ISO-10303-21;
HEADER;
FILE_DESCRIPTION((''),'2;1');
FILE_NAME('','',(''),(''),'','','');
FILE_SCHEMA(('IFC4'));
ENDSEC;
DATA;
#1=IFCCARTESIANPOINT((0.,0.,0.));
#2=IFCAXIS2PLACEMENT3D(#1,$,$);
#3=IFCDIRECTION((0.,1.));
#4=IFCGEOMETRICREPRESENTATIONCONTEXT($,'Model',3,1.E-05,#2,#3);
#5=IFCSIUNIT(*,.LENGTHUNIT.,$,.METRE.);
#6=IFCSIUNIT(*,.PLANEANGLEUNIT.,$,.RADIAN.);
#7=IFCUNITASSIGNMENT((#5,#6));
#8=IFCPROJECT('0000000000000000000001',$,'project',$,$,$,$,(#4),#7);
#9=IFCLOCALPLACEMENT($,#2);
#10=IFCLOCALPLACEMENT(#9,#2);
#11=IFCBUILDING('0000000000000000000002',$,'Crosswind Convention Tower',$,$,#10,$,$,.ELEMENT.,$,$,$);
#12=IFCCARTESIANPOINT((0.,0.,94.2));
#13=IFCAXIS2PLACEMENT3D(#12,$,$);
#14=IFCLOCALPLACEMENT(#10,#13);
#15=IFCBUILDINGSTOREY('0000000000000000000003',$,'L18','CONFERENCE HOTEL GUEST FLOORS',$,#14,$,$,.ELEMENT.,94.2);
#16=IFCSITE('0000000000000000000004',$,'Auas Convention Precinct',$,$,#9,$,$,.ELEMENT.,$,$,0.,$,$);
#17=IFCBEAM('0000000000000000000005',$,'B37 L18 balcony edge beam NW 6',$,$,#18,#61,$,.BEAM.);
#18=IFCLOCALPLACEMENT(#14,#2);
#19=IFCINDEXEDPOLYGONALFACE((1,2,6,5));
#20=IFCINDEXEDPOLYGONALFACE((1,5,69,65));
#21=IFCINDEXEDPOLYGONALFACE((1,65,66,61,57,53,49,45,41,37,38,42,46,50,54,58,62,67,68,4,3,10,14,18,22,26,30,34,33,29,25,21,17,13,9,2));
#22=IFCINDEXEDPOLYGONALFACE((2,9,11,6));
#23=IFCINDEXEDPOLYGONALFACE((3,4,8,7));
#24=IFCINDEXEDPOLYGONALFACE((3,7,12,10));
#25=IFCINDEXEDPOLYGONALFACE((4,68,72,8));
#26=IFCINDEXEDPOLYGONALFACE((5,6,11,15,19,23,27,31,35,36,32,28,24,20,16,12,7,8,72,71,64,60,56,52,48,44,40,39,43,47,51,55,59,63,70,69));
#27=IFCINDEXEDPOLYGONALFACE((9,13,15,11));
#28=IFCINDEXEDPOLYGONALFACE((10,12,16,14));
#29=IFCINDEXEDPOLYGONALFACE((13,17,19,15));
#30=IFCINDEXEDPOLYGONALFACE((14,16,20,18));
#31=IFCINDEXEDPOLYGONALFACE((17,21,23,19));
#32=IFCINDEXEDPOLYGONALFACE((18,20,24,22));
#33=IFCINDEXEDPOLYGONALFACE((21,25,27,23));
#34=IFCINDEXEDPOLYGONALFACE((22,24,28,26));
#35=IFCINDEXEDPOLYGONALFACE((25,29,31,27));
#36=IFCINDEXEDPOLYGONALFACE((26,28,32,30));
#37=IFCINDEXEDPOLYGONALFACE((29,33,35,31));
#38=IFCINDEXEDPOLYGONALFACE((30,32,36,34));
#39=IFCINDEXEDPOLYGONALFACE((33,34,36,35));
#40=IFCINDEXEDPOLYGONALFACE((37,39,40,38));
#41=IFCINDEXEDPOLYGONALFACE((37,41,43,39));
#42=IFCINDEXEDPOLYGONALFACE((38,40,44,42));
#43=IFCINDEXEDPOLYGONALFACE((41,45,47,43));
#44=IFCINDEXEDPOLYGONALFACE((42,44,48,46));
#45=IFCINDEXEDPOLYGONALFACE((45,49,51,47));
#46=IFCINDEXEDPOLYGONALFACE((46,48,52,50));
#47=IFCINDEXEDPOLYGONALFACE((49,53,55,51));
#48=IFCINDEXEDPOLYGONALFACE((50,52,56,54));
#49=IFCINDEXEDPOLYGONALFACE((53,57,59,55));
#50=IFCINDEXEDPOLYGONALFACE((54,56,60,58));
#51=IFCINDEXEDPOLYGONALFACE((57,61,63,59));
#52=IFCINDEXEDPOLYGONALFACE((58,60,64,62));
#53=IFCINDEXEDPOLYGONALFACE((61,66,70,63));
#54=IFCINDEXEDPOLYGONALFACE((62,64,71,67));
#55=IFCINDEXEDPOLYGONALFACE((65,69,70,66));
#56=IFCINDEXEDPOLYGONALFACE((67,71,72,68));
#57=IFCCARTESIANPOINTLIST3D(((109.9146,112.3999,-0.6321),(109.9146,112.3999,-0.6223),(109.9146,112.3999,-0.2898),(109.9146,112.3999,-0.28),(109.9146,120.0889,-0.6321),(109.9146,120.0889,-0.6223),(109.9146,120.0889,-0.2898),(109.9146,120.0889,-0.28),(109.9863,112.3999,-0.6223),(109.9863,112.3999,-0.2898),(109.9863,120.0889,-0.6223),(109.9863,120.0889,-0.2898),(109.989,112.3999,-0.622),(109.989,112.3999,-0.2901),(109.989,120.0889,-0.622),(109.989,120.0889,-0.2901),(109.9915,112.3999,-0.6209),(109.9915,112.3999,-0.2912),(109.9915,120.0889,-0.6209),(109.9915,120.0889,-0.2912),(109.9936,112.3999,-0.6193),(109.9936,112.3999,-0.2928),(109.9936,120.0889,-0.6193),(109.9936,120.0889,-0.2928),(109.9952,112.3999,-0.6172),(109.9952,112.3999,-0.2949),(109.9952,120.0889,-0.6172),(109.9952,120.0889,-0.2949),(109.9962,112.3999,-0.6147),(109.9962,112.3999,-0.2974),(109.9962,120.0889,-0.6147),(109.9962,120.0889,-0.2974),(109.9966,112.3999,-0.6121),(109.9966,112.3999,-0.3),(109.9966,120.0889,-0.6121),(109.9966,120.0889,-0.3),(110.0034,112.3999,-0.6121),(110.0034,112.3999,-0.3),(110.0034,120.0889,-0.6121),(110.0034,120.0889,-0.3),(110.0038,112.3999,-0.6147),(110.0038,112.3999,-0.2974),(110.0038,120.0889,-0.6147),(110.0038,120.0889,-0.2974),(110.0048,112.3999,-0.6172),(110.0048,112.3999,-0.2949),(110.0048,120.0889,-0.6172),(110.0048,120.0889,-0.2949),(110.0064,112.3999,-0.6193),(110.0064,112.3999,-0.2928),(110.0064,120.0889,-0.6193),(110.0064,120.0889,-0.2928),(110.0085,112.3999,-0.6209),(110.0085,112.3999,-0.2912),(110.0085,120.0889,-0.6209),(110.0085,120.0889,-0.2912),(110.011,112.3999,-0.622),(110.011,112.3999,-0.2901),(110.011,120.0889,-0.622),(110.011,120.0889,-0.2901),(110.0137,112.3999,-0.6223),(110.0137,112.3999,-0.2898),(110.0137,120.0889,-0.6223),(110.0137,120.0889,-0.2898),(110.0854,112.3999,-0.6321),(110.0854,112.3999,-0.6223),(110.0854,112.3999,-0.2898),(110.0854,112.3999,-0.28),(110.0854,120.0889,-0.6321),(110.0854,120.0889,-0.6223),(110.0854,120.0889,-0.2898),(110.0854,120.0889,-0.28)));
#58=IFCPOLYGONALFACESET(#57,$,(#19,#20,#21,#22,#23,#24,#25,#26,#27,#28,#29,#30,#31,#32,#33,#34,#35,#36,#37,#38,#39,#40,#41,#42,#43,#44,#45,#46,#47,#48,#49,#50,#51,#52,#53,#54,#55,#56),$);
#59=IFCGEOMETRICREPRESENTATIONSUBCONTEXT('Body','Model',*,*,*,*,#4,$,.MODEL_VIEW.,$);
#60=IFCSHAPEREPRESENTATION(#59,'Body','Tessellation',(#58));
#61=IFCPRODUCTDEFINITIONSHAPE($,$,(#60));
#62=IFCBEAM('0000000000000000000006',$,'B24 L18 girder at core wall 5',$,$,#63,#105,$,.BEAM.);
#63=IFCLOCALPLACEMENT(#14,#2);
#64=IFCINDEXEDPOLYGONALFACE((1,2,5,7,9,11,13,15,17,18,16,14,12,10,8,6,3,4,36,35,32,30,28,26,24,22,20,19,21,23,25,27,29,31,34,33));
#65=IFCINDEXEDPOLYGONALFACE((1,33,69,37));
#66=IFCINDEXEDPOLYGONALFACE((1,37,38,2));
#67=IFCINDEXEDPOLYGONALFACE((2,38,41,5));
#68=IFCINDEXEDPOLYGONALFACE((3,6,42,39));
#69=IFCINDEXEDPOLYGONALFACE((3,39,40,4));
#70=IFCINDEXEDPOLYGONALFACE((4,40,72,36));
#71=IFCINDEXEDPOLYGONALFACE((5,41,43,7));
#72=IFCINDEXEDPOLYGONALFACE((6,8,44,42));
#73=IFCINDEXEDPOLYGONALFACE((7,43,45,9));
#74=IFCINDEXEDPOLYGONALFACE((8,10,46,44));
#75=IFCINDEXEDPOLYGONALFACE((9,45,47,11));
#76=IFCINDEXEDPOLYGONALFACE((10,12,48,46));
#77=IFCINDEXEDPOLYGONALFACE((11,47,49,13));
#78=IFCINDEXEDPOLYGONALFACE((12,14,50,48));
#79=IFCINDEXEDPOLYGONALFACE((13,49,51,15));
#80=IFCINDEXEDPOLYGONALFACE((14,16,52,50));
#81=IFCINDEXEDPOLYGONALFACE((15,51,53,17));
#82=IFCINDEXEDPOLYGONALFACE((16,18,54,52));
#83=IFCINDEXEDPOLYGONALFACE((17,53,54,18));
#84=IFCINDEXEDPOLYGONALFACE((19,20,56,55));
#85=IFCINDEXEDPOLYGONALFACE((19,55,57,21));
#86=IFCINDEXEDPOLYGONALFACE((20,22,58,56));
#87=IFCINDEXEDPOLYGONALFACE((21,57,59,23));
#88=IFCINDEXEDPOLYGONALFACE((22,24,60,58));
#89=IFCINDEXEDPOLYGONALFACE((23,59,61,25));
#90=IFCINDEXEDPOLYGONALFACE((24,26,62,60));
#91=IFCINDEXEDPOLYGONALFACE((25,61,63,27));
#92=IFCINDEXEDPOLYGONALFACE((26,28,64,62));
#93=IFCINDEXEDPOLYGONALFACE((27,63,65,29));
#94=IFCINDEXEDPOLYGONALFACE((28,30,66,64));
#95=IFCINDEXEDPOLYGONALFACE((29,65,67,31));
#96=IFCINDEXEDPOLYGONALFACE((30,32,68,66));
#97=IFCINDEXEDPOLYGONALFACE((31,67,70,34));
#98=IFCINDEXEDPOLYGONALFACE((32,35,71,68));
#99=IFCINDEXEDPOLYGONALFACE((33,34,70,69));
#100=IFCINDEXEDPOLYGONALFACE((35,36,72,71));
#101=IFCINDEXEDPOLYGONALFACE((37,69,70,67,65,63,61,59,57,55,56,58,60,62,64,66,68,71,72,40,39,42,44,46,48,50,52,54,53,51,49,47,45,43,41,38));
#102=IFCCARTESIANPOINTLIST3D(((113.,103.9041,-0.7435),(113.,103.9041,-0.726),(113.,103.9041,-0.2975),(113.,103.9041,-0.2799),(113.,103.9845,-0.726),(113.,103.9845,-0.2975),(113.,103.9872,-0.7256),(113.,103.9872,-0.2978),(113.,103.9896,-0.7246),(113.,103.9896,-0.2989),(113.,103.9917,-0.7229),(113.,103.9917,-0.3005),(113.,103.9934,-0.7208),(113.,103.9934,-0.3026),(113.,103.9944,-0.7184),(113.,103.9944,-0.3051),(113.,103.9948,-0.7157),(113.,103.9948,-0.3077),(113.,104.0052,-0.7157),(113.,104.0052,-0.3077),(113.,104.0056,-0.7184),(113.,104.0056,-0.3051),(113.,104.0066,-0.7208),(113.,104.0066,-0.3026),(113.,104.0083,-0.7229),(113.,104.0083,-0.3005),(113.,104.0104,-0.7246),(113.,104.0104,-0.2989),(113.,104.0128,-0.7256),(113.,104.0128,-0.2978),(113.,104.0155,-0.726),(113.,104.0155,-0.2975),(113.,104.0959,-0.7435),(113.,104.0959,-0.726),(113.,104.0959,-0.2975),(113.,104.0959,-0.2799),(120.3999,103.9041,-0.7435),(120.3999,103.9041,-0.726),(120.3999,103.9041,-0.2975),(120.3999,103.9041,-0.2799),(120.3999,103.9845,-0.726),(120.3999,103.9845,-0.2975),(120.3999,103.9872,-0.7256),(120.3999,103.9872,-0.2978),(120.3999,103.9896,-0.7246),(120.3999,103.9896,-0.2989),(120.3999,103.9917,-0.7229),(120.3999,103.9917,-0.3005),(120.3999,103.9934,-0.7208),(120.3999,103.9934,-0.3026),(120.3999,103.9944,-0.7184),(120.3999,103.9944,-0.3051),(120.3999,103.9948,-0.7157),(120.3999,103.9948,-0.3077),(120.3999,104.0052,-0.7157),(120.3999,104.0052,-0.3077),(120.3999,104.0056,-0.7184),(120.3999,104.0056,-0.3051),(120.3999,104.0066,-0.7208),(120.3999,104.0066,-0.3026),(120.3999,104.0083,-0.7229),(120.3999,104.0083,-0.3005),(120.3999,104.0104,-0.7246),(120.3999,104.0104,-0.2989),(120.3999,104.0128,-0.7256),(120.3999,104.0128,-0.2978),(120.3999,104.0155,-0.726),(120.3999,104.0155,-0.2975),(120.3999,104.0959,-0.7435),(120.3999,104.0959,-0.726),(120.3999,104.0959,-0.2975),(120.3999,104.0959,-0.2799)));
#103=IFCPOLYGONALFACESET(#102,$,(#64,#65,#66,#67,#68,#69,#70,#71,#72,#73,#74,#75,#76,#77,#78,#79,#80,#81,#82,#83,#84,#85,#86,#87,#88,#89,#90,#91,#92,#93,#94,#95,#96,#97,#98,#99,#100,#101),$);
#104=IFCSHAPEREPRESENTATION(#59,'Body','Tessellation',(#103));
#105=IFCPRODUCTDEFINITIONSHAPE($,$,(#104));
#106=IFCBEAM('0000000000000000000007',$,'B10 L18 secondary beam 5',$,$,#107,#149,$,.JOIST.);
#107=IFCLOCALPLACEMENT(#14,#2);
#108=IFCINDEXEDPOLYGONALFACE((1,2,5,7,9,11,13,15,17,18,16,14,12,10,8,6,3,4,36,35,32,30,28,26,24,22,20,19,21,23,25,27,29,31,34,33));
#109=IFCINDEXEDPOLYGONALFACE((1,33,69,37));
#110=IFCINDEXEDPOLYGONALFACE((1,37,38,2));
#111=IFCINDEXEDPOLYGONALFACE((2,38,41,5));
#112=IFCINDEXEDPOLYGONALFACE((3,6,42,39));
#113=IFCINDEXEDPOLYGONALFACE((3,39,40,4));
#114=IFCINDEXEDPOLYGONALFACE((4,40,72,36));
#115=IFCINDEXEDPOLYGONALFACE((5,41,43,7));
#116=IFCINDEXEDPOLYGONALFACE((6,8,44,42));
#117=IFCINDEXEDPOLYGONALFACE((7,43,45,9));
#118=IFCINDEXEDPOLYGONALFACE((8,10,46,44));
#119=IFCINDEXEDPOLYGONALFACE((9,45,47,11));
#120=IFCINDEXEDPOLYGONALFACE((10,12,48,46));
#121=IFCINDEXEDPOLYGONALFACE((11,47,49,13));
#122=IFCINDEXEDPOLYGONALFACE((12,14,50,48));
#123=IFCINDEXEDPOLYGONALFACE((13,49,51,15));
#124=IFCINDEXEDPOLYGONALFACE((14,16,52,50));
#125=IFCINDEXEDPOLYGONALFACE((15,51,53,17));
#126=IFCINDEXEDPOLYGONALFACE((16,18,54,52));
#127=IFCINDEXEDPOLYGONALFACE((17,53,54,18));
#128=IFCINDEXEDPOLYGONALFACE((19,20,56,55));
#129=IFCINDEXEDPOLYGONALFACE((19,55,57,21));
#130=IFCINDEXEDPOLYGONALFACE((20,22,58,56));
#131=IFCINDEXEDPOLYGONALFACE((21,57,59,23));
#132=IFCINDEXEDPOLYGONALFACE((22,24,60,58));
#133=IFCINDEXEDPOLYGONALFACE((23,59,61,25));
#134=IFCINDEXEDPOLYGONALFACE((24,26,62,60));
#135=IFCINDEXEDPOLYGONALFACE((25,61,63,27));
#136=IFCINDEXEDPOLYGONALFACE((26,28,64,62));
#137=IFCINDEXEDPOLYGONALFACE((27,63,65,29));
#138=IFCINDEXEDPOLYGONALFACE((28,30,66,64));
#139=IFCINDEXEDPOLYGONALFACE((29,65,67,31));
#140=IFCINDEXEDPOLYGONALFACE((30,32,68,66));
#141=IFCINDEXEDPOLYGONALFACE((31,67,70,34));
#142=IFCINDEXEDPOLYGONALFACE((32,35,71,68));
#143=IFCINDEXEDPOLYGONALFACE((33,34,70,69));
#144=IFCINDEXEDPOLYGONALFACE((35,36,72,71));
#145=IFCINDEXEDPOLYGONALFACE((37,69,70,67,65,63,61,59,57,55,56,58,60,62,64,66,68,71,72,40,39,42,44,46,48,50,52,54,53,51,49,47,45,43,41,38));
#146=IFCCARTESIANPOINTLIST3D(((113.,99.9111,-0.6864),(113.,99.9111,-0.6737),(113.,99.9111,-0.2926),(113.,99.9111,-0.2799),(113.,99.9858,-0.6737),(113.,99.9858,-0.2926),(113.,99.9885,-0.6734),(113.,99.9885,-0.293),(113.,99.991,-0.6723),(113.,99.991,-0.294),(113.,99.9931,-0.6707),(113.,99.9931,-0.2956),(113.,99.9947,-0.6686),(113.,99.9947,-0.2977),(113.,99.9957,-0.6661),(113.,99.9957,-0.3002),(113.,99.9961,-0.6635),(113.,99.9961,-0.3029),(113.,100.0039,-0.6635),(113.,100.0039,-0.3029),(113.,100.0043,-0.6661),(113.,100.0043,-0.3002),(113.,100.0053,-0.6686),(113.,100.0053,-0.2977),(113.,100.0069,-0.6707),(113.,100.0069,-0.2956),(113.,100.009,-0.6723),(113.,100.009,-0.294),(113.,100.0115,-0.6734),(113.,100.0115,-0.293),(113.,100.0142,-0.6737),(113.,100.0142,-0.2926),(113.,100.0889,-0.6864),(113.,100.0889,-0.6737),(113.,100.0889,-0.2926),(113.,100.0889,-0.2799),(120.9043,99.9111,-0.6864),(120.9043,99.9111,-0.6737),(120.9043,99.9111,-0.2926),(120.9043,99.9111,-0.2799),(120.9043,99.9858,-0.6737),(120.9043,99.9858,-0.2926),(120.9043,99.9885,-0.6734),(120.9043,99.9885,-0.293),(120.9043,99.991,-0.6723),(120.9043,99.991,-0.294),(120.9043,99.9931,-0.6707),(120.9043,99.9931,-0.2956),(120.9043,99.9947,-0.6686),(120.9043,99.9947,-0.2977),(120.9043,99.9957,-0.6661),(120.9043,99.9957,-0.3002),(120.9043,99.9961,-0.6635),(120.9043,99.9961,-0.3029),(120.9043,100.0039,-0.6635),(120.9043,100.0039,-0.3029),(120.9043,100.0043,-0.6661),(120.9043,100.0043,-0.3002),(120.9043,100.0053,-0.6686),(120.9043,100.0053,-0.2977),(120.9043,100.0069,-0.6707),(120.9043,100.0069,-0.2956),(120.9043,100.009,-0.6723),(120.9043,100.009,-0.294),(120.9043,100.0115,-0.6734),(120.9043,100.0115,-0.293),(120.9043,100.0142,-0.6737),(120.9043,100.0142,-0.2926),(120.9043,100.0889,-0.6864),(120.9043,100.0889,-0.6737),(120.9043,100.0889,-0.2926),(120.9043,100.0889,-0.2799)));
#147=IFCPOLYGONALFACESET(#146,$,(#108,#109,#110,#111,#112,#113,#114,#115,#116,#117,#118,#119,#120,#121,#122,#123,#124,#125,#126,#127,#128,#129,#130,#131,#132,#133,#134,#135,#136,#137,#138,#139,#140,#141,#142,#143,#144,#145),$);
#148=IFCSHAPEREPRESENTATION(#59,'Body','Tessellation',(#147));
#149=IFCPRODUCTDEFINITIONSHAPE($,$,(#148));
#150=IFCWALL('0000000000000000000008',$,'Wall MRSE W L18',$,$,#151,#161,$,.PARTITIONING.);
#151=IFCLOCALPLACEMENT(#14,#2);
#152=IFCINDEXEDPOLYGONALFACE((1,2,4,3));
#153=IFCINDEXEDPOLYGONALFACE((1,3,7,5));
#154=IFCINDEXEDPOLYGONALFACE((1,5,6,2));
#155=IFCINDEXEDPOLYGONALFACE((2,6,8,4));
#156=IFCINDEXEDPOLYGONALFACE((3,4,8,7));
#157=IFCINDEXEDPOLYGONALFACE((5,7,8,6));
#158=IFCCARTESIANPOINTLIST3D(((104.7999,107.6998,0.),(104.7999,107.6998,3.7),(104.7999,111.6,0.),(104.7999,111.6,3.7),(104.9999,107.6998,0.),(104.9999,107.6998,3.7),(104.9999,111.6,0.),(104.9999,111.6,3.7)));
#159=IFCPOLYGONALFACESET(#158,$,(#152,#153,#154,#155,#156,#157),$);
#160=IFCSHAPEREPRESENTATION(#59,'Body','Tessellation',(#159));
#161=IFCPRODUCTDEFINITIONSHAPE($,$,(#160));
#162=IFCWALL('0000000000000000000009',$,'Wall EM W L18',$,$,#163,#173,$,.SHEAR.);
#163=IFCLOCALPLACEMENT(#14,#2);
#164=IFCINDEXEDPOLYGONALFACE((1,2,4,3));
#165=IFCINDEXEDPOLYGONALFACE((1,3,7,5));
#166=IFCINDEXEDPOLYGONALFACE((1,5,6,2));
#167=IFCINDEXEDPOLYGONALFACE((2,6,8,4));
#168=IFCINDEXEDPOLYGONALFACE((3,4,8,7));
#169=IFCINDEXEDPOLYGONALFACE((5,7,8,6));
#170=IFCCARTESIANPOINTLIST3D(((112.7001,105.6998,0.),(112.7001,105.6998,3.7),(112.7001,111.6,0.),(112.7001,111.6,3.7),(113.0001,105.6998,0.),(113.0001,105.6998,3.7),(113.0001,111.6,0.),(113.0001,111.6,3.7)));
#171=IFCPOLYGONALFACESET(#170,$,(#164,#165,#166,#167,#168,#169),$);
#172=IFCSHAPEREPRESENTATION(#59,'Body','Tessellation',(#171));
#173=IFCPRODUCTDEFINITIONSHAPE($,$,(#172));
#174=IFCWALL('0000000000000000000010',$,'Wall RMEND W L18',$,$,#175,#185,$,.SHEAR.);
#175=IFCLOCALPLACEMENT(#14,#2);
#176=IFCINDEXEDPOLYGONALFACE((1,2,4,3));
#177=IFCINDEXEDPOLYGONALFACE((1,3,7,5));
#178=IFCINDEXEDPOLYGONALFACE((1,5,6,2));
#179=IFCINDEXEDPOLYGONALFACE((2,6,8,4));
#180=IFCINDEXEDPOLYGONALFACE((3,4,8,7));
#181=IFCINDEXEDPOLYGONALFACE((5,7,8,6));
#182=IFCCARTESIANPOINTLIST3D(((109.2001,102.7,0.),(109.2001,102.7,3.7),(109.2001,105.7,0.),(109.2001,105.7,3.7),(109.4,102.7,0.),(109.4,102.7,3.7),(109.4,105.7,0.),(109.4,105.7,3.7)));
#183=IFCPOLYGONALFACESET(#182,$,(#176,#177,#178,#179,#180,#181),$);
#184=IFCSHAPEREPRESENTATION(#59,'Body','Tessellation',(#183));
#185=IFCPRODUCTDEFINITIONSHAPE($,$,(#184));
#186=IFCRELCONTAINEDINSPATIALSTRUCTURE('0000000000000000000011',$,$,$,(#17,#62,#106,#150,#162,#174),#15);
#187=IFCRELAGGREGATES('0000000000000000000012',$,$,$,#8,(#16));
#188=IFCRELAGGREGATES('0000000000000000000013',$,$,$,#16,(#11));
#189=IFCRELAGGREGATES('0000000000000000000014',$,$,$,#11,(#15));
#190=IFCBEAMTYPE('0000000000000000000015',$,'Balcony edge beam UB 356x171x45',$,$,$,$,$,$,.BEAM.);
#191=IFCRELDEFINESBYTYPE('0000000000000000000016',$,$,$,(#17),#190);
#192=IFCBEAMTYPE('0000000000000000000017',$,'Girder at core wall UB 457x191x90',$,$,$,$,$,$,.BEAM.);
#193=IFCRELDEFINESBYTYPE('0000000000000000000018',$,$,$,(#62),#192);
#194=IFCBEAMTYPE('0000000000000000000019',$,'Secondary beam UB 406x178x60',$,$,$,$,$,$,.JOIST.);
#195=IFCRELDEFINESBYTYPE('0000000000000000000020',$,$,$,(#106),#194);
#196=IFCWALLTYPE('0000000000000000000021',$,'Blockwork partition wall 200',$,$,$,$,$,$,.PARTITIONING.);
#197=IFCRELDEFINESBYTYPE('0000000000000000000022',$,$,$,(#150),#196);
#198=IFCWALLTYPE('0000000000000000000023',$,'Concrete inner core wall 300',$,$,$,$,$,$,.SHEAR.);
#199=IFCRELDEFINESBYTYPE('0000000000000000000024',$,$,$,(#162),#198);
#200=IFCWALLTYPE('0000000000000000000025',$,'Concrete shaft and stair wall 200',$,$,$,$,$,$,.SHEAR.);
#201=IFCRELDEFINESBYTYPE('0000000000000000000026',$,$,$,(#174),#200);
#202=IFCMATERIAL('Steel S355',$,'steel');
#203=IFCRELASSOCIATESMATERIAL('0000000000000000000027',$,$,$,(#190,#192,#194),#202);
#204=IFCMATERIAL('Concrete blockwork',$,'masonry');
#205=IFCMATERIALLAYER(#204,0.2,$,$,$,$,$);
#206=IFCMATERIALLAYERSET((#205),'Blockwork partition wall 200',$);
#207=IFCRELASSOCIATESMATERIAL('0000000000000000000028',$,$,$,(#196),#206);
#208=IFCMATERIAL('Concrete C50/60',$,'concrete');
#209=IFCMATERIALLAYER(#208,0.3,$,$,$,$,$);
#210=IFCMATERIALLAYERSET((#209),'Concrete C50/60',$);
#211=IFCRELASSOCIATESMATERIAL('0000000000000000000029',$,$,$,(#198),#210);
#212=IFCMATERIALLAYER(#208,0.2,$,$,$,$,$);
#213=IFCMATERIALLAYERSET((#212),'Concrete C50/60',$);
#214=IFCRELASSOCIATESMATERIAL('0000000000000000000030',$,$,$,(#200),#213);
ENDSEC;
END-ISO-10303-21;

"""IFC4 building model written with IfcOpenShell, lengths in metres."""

from ifc_helpers import new_model, si_unit, direction, frame, frame_2d, origin, origin_2d, place, context, subcontext, project, spatial, rectangle, i_section, extrude, material, layer, layer_set, material_profile, profile_set, type_object, element, save


model = new_model("IFC4")

# Units and contexts
model_context = context("Model", 3, precision=1e-05, world=origin(), true_north=direction((0.0, 1.0)))
body_context = subcontext(model_context, "Body", "Model", "MODEL_VIEW")
ifc_project = project(units=[si_unit("LENGTHUNIT", "METRE"), si_unit("PLANEANGLEUNIT", "RADIAN")], contexts=[model_context])

# Site, building, storey
site_placement = place(None, origin())
site = spatial("IfcSite", under=ifc_project, at=site_placement, Name="Auas Convention Precinct", CompositionType="ELEMENT", RefElevation=0.0)
building_placement = place(site_placement, origin())
building = spatial("IfcBuilding", under=site, at=building_placement, Name="Crosswind Convention Tower", CompositionType="ELEMENT")
storey_placement = place(building_placement, frame((0.0, 0.0, 94.2)))
storey = spatial("IfcBuildingStorey", under=building, at=storey_placement, Name="L18", Description="CONFERENCE HOTEL GUEST FLOORS", CompositionType="ELEMENT", Elevation=94.2)

# Beams
ifc_material_1 = material(Name="Steel S355", Category="steel")
ifc_material_profile_1 = material_profile(ifc_material_1, i_section(OverallWidth=0.1709, OverallDepth=0.3521, WebThickness=0.0068, FlangeThickness=0.0098, FilletRadius=0.0103, at=origin_2d()), Name="UB 356x171x45")
ifc_profile_set_1 = profile_set([ifc_material_profile_1], Name="Steel S355")
beam_type_1 = type_object("IfcBeamType", Name="Balcony edge beam UB 356x171x45", PredefinedType="BEAM", material=ifc_profile_set_1)
beam_1_placement = place(storey_placement, frame((110.0, 112.3999, -0.4561), z_axis=(0.0, 1.0, 0.0), x_axis=(-1.0, 0.0, 0.0)))
element("IfcBeam", 1, at=beam_1_placement, inside=storey, type_object=beam_type_1, Name="B37 L18 balcony edge beam NW 6", PredefinedType="BEAM", context=body_context, shape_type="SweptSolid", body=[
    extrude(i_section(OverallWidth=0.1709, OverallDepth=0.3521, WebThickness=0.0068, FlangeThickness=0.0098, FilletRadius=0.0103, at=origin_2d()), origin(), (0.0, 0.0, 1.0), 7.689),
])
ifc_material_profile_2 = material_profile(ifc_material_1, i_section(OverallWidth=0.1919, OverallDepth=0.4636, WebThickness=0.0105, FlangeThickness=0.0176, FilletRadius=0.0103, at=origin_2d()), Name="UB 457x191x90")
ifc_profile_set_2 = profile_set([ifc_material_profile_2], Name="Steel S355")
beam_type_2 = type_object("IfcBeamType", Name="Girder at core wall UB 457x191x90", PredefinedType="BEAM", material=ifc_profile_set_2)
beam_2_placement = place(storey_placement, frame((113.0, 104.0, -0.5117), z_axis=(1.0, 0.0, 0.0), x_axis=(0.0, 1.0, 0.0)))
element("IfcBeam", 2, at=beam_2_placement, inside=storey, type_object=beam_type_2, Name="B24 L18 girder at core wall 5", PredefinedType="BEAM", context=body_context, shape_type="SweptSolid", body=[
    extrude(i_section(OverallWidth=0.1919, OverallDepth=0.4636, WebThickness=0.0105, FlangeThickness=0.0176, FilletRadius=0.0103, at=origin_2d()), origin(), (0.0, 0.0, 1.0), 7.3999),
])
ifc_material_profile_3 = material_profile(ifc_material_1, i_section(OverallWidth=0.1777, OverallDepth=0.4065, WebThickness=0.0078, FlangeThickness=0.0127, FilletRadius=0.0103, at=origin_2d()), Name="UB 406x178x60")
ifc_profile_set_3 = profile_set([ifc_material_profile_3], Name="Steel S355")
beam_type_3 = type_object("IfcBeamType", Name="Secondary beam UB 406x178x60", PredefinedType="JOIST", material=ifc_profile_set_3)
beam_3_placement = place(storey_placement, frame((113.0, 100.0, -0.4832), z_axis=(1.0, 0.0, 0.0), x_axis=(0.0, 1.0, 0.0)))
element("IfcBeam", 3, at=beam_3_placement, inside=storey, type_object=beam_type_3, Name="B10 L18 secondary beam 5", PredefinedType="JOIST", context=body_context, shape_type="SweptSolid", body=[
    extrude(i_section(OverallWidth=0.1777, OverallDepth=0.4065, WebThickness=0.0078, FlangeThickness=0.0127, FilletRadius=0.0103, at=origin_2d()), origin(), (0.0, 0.0, 1.0), 7.9043),
])

# Wall
ifc_material_2 = material(Name="Concrete blockwork", Category="masonry")
ifc_layer_1 = layer(ifc_material_2, 0.2)
ifc_layer_set_1 = layer_set([ifc_layer_1], Name="Blockwork partition wall 200")
wall_type_1 = type_object("IfcWallType", Name="Blockwork partition wall 200", PredefinedType="PARTITIONING", material=ifc_layer_set_1)
wall_1_placement = place(storey_placement, frame((104.8999, 111.6001, 0.0), z_axis=(0.0, 0.0, 1.0), x_axis=(0.0, -1.0, 0.0)))
element("IfcWall", 4, at=wall_1_placement, inside=storey, type_object=wall_type_1, Name="Wall MRSE W L18", PredefinedType="PARTITIONING", context=body_context, shape_type="SweptSolid", body=[
    extrude(rectangle(XDim=3.9001, YDim=0.2, at=frame_2d((1.9502, 0.0))), origin(), (0.0, 0.0, 1.0), 3.7),
])

# Shared definitions
ifc_material_3 = material(Name="Concrete C50/60", Category="concrete")
ifc_layer_2 = layer(ifc_material_3, 0.3)
ifc_layer_set_2 = layer_set([ifc_layer_2], Name="Concrete C50/60")
wall_type_2 = type_object("IfcWallType", Name="Concrete inner core wall 300", PredefinedType="SHEAR", material=ifc_layer_set_2)

# Walls
wall_2_placement = place(storey_placement, frame((112.8501, 111.6001, 0.0), z_axis=(0.0, 0.0, 1.0), x_axis=(0.0, -1.0, 0.0)))
element("IfcWall", 5, at=wall_2_placement, inside=storey, type_object=wall_type_2, Name="Wall EM W L18", PredefinedType="SHEAR", context=body_context, shape_type="SweptSolid", body=[
    extrude(rectangle(XDim=5.9001, YDim=0.3, at=frame_2d((2.9502, 0.0))), origin(), (0.0, 0.0, 1.0), 3.7),
])
ifc_layer_3 = layer(ifc_material_3, 0.2)
ifc_layer_set_3 = layer_set([ifc_layer_3], Name="Concrete C50/60")
wall_type_3 = type_object("IfcWallType", Name="Concrete shaft and stair wall 200", PredefinedType="SHEAR", material=ifc_layer_set_3)
wall_3_placement = place(storey_placement, frame((109.3, 105.7, 0.0), z_axis=(0.0, 0.0, 1.0), x_axis=(0.0, -1.0, 0.0)))
element("IfcWall", 6, at=wall_3_placement, inside=storey, type_object=wall_type_3, Name="Wall RMEND W L18", PredefinedType="SHEAR", context=body_context, shape_type="SweptSolid", body=[
    extrude(rectangle(XDim=3.0, YDim=0.2, at=frame_2d((1.5, 0.0))), origin(), (0.0, 0.0, 1.0), 3.7),
])

save(model, "model.ifc")
